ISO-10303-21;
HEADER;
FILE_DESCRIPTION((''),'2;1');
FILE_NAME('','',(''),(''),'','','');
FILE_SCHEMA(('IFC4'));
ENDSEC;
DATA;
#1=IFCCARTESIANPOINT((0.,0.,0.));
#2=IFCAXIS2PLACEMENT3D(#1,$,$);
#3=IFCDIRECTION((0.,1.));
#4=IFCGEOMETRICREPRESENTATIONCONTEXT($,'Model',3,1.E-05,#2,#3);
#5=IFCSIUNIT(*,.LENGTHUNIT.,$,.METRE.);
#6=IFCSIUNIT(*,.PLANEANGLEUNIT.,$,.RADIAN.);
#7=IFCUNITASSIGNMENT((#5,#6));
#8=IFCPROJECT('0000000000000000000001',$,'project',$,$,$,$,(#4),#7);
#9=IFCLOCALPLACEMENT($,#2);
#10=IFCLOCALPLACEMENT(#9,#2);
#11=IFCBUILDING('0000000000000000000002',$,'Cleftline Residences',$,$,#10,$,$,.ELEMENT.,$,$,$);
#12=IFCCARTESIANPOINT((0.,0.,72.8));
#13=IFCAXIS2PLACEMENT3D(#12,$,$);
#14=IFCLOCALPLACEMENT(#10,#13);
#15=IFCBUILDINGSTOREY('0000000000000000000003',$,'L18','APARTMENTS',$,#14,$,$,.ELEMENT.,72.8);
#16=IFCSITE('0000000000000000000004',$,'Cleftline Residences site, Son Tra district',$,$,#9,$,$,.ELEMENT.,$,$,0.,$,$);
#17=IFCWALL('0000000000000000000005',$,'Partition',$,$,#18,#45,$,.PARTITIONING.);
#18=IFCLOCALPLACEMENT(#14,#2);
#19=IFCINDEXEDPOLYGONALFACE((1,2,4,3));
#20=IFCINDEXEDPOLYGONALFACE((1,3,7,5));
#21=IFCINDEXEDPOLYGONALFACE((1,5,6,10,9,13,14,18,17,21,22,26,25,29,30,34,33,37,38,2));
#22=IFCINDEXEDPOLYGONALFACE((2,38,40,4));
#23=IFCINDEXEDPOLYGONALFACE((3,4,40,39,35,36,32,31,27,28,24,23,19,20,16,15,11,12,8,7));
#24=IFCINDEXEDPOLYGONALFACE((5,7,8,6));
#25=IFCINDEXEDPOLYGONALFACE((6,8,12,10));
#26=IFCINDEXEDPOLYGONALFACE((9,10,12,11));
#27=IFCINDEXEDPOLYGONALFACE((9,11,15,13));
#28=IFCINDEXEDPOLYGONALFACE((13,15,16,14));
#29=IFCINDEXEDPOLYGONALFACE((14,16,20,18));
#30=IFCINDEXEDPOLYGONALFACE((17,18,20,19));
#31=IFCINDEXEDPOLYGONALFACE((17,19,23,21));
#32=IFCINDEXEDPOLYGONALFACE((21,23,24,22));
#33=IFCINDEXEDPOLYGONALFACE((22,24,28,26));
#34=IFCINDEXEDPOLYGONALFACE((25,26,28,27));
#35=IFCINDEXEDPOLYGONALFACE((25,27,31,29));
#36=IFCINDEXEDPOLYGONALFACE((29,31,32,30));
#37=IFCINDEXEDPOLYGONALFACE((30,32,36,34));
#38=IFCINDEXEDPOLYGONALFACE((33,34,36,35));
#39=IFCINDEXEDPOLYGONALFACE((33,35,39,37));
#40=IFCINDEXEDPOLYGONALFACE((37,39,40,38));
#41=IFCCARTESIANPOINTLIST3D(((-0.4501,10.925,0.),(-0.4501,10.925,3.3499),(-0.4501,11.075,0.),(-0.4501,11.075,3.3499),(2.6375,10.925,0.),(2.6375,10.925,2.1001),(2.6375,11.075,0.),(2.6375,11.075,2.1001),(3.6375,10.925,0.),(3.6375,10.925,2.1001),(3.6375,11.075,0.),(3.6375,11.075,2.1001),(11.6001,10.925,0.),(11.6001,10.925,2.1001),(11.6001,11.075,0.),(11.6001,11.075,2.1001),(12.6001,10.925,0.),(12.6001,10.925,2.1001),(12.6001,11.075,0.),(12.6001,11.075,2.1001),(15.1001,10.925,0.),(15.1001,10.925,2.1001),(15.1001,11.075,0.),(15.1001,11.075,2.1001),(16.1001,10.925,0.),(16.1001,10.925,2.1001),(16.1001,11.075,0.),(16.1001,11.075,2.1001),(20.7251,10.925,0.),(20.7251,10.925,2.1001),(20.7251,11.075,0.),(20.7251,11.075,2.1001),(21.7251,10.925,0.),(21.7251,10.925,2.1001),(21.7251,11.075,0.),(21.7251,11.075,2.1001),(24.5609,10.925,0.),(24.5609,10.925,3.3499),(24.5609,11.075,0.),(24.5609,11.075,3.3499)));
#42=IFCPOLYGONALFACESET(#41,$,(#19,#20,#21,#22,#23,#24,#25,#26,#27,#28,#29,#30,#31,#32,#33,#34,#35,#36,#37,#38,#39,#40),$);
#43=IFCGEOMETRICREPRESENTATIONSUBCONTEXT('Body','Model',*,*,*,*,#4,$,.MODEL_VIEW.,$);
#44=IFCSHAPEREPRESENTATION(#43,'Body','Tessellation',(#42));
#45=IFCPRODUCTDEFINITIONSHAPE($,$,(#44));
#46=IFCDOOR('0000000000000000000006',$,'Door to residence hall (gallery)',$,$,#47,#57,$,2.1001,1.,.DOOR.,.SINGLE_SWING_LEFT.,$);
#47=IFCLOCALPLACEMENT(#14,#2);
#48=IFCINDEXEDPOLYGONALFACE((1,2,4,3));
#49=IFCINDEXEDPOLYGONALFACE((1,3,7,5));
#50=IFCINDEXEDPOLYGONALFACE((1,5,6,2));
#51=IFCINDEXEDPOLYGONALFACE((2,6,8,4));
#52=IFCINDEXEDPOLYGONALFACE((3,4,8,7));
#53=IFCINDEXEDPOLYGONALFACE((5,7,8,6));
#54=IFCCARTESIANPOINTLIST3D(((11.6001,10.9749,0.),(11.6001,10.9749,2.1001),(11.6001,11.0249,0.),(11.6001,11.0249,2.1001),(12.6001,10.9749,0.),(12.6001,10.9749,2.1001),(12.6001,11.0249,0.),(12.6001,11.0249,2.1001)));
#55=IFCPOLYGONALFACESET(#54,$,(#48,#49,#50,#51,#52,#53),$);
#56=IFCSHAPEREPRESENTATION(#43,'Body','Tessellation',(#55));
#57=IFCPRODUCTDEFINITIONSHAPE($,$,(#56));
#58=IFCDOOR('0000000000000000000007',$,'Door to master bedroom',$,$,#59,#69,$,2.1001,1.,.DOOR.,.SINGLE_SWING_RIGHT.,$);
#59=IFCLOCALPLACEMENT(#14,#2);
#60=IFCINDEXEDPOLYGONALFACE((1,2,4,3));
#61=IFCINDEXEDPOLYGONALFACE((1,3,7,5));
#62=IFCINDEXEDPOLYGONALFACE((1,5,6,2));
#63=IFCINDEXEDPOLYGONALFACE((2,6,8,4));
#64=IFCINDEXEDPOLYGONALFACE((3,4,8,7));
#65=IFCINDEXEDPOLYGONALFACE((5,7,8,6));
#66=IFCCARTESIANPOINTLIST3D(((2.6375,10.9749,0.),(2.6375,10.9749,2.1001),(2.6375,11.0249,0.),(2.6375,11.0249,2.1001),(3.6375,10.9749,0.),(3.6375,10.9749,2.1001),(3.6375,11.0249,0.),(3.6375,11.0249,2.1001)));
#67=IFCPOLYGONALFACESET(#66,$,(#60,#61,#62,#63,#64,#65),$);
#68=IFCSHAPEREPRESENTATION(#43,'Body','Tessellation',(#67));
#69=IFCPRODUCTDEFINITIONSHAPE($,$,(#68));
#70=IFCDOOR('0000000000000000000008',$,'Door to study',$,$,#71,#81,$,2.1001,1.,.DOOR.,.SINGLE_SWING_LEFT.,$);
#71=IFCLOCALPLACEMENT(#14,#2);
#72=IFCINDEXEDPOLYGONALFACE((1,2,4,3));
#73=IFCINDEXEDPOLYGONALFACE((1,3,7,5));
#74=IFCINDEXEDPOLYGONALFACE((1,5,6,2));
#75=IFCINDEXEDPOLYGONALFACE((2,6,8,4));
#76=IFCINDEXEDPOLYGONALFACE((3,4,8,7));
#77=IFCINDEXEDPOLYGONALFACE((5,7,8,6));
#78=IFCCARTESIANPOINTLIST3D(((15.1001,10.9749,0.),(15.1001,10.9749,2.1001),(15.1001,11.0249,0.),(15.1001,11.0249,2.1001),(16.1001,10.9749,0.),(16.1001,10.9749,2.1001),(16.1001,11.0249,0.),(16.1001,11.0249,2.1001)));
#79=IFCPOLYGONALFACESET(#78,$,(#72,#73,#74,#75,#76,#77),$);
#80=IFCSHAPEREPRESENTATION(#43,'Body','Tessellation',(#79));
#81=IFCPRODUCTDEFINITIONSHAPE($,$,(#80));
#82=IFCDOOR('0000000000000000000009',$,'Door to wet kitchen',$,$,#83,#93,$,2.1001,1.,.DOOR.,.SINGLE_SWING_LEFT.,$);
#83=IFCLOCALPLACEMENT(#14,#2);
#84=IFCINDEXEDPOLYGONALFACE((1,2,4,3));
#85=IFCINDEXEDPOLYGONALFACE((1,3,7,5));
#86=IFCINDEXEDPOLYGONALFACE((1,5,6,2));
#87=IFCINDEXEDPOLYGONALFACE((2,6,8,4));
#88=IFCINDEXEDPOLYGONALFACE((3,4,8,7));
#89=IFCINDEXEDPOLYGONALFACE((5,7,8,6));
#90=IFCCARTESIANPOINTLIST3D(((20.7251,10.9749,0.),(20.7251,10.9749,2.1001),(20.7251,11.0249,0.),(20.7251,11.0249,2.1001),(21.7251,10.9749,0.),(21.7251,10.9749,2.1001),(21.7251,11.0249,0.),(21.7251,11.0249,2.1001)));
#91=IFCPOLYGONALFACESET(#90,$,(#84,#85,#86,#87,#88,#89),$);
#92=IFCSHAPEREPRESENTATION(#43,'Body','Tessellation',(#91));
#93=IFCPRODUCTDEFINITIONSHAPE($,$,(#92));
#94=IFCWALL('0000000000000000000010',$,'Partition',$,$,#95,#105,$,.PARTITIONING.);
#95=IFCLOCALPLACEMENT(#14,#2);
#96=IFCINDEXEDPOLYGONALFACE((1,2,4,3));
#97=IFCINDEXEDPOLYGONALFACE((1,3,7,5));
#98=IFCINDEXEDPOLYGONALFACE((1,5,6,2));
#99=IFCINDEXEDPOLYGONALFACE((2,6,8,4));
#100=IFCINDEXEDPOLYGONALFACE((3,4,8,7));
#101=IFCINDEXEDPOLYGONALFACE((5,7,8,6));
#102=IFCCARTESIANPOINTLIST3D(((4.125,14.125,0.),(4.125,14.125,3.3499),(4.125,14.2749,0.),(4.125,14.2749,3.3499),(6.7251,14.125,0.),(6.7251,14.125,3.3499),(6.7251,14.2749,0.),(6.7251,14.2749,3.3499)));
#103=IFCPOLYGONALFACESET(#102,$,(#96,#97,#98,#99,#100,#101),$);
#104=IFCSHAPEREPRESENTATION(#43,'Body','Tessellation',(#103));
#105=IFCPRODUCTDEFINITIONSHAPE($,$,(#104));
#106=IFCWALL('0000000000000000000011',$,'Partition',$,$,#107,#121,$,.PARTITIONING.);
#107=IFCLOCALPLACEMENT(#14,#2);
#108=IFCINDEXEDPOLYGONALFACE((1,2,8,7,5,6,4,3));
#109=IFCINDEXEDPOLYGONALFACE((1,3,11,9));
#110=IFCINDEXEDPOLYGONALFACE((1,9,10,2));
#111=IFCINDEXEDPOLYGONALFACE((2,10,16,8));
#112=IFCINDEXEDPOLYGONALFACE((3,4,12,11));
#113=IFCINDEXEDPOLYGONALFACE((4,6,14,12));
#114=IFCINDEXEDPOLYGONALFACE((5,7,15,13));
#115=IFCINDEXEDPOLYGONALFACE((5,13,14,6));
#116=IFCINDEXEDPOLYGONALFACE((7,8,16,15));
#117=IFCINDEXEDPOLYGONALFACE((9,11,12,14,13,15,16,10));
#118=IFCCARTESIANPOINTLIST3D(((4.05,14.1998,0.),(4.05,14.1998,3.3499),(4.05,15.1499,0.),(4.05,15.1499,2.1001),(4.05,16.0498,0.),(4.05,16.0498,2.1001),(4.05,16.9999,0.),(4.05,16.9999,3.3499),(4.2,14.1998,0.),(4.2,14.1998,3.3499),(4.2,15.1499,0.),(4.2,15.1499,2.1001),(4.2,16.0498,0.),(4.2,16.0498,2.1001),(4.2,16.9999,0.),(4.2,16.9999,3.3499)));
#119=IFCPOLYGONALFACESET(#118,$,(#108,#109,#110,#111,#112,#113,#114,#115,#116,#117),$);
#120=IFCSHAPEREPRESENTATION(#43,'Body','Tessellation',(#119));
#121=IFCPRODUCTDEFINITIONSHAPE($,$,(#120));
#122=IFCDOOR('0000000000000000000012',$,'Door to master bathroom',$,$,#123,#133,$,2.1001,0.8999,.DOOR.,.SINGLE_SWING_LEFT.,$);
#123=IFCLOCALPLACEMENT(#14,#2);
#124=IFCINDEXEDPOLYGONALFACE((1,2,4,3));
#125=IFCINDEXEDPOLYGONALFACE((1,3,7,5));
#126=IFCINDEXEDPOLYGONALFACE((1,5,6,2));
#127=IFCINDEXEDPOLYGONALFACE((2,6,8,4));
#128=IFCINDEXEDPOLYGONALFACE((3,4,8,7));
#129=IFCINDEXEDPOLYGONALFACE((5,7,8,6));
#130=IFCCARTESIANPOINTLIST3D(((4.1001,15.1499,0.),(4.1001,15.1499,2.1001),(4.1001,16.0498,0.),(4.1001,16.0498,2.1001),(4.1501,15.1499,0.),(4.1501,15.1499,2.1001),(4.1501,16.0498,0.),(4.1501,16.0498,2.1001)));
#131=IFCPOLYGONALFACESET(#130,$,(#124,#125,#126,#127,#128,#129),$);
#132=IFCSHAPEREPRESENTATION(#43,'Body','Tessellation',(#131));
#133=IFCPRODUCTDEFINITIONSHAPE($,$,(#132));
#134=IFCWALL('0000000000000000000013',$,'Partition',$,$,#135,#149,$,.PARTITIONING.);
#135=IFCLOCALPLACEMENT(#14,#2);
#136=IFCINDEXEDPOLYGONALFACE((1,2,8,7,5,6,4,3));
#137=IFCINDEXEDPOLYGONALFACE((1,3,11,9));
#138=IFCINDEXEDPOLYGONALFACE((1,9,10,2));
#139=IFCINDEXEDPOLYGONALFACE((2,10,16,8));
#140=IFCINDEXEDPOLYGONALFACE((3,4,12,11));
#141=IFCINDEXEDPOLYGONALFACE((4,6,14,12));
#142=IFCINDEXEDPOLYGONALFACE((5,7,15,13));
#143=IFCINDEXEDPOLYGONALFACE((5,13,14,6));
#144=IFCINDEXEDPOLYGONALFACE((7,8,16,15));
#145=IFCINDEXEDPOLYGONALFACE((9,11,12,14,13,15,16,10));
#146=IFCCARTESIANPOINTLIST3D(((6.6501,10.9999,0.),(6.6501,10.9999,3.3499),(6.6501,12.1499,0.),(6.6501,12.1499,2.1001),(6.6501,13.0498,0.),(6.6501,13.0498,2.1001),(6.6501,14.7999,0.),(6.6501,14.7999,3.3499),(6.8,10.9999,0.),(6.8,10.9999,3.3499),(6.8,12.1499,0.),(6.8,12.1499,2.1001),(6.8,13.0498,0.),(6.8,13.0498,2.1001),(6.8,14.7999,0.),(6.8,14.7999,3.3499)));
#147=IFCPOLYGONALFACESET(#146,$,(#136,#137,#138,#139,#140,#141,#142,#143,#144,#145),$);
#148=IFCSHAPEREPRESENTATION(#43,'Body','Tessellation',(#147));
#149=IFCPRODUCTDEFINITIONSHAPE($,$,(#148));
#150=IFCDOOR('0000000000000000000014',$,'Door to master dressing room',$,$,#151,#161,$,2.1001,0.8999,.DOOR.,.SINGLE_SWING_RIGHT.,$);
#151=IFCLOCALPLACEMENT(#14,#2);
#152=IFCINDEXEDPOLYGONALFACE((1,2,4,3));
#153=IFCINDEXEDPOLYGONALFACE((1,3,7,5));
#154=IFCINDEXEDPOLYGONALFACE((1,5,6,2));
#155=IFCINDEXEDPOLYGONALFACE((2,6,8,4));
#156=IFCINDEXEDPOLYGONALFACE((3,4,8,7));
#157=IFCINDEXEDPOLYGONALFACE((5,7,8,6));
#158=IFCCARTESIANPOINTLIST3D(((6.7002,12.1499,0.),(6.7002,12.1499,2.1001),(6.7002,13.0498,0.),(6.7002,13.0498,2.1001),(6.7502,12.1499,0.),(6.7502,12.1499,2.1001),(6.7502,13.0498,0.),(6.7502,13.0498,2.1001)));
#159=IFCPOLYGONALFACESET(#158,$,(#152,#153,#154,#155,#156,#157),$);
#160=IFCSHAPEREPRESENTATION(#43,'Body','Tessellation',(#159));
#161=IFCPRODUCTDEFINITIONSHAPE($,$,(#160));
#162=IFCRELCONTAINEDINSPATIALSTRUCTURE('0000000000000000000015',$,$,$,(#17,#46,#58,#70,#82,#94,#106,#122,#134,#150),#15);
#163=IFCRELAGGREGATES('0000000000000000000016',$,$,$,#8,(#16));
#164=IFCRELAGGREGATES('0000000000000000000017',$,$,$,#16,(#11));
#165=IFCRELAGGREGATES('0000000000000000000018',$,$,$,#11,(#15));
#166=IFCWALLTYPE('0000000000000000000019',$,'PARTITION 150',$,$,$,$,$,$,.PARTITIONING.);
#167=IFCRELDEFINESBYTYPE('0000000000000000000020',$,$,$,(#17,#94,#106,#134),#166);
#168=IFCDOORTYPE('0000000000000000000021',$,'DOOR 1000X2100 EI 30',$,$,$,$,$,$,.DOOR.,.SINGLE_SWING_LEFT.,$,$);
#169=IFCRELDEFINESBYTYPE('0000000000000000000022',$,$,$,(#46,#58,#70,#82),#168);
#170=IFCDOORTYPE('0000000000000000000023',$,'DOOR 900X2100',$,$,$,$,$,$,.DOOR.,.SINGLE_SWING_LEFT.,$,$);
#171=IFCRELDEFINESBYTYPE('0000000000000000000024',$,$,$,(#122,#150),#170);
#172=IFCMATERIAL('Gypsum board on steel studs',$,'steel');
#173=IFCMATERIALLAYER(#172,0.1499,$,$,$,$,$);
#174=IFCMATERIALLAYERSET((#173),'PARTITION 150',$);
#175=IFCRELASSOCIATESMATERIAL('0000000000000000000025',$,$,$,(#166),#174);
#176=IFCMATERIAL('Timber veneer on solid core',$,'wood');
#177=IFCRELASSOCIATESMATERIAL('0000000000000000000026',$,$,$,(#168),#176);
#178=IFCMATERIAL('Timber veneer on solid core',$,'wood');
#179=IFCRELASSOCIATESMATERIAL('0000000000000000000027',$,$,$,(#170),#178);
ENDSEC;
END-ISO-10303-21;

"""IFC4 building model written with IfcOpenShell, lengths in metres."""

from ifc_helpers import new_model, si_unit, direction, frame, frame_2d, origin, place, context, subcontext, project, spatial, rectangle, extrude, material, layer, layer_set, type_object, element, fill, save


model = new_model("IFC4")

# Units and contexts
model_context = context("Model", 3, precision=1e-05, world=origin(), true_north=direction((0.0, 1.0)))
body_context = subcontext(model_context, "Body", "Model", "MODEL_VIEW")
ifc_project = project(units=[si_unit("LENGTHUNIT", "METRE"), si_unit("PLANEANGLEUNIT", "RADIAN")], contexts=[model_context])

# Site, building, storey
site_placement = place(None, origin())
site = spatial("IfcSite", under=ifc_project, at=site_placement, Name="Cleftline Residences site, Son Tra district", CompositionType="ELEMENT", RefElevation=0.0)
building_placement = place(site_placement, origin())
building = spatial("IfcBuilding", under=site, at=building_placement, Name="Cleftline Residences", CompositionType="ELEMENT")
storey_placement = place(building_placement, frame((0.0, 0.0, 72.8)))
storey = spatial("IfcBuildingStorey", under=building, at=storey_placement, Name="L18", Description="APARTMENTS", CompositionType="ELEMENT", Elevation=72.8)

# Shared definitions
ifc_material_1 = material(Name="Gypsum board on steel studs", Category="steel")
ifc_layer = layer(ifc_material_1, 0.1499)
ifc_layer_set = layer_set([ifc_layer], Name="PARTITION 150")
wall_type = type_object("IfcWallType", Name="PARTITION 150", PredefinedType="PARTITIONING", material=ifc_layer_set)

# Wall, openings, doors
wall_1_placement = place(storey_placement, frame((-0.45, 11.0, 0.0), z_axis=(0.0, 0.0, 1.0), x_axis=(1.0, 0.0, 0.0)))
wall_1 = element("IfcWall", 1, at=wall_1_placement, inside=storey, type_object=wall_type, Name="Partition", PredefinedType="PARTITIONING", context=body_context, shape_type="SweptSolid", body=[
    extrude(rectangle(XDim=25.011, YDim=0.1499, at=frame_2d((12.5054, 0.0))), origin(), (0.0, 0.0, 1.0), 3.3499),
])
opening_1_placement = place(wall_1_placement, frame((12.05, 0.0, 0.0)))
opening_1 = element("IfcOpeningElement", 2, at=opening_1_placement, cuts=wall_1, PredefinedType="OPENING", context=body_context, shape_type="SweptSolid", body=[
    extrude(rectangle(XDim=1.0, YDim=2.1001, at=frame_2d((0.5, 1.05))), frame((0.0, 0.085, 0.0), z_axis=(0.0, -1.0, 0.0), x_axis=(1.0, 0.0, 0.0)), (0.0, 0.0, 1.0), 0.1699),
])
opening_2_placement = place(wall_1_placement, frame((3.0874, 0.0, 0.0)))
opening_2 = element("IfcOpeningElement", 3, at=opening_2_placement, cuts=wall_1, PredefinedType="OPENING", context=body_context, shape_type="SweptSolid", body=[
    extrude(rectangle(XDim=1.0, YDim=2.1001, at=frame_2d((0.5, 1.05))), frame((0.0, 0.085, 0.0), z_axis=(0.0, -1.0, 0.0), x_axis=(1.0, 0.0, 0.0)), (0.0, 0.0, 1.0), 0.1699),
])
opening_3_placement = place(wall_1_placement, frame((15.55, 0.0, 0.0)))
opening_3 = element("IfcOpeningElement", 4, at=opening_3_placement, cuts=wall_1, PredefinedType="OPENING", context=body_context, shape_type="SweptSolid", body=[
    extrude(rectangle(XDim=1.0, YDim=2.1001, at=frame_2d((0.5, 1.05))), frame((0.0, 0.085, 0.0), z_axis=(0.0, -1.0, 0.0), x_axis=(1.0, 0.0, 0.0)), (0.0, 0.0, 1.0), 0.1699),
])
opening_4_placement = place(wall_1_placement, frame((21.175, 0.0, 0.0)))
opening_4 = element("IfcOpeningElement", 5, at=opening_4_placement, cuts=wall_1, PredefinedType="OPENING", context=body_context, shape_type="SweptSolid", body=[
    extrude(rectangle(XDim=1.0, YDim=2.1001, at=frame_2d((0.5, 1.05))), frame((0.0, 0.085, 0.0), z_axis=(0.0, -1.0, 0.0), x_axis=(1.0, 0.0, 0.0)), (0.0, 0.0, 1.0), 0.1699),
])
ifc_material_2 = material(Name="Timber veneer on solid core", Category="wood")
door_type_1 = type_object("IfcDoorType", Name="DOOR 1000X2100 EI 30", OperationType="SINGLE_SWING_LEFT", PredefinedType="DOOR", material=ifc_material_2)
door_1_placement = place(opening_1_placement, origin())
door_1 = element("IfcDoor", 6, at=door_1_placement, inside=storey, type_object=door_type_1, Name="Door to residence hall (gallery)", OperationType="SINGLE_SWING_LEFT", OverallHeight=2.1001, OverallWidth=1.0, PredefinedType="DOOR", context=body_context, shape_type="SweptSolid", body=[
    extrude(rectangle(XDim=1.0, YDim=2.1001, at=frame_2d((0.5, 1.05))), frame((0.0, 0.0249, 0.0), z_axis=(0.0, -1.0, 0.0), x_axis=(1.0, 0.0, 0.0)), (0.0, 0.0, 1.0), 0.05),
])
fill(opening_1, door_1)
door_2_placement = place(opening_2_placement, origin())
door_2 = element("IfcDoor", 7, at=door_2_placement, inside=storey, type_object=door_type_1, Name="Door to master bedroom", OperationType="SINGLE_SWING_RIGHT", OverallHeight=2.1001, OverallWidth=1.0, PredefinedType="DOOR", context=body_context, shape_type="SweptSolid", body=[
    extrude(rectangle(XDim=1.0, YDim=2.1001, at=frame_2d((0.5, 1.05))), frame((0.0, 0.0249, 0.0), z_axis=(0.0, -1.0, 0.0), x_axis=(1.0, 0.0, 0.0)), (0.0, 0.0, 1.0), 0.05),
])
fill(opening_2, door_2)
door_3_placement = place(opening_3_placement, origin())
door_3 = element("IfcDoor", 8, at=door_3_placement, inside=storey, type_object=door_type_1, Name="Door to study", OperationType="SINGLE_SWING_LEFT", OverallHeight=2.1001, OverallWidth=1.0, PredefinedType="DOOR", context=body_context, shape_type="SweptSolid", body=[
    extrude(rectangle(XDim=1.0, YDim=2.1001, at=frame_2d((0.5, 1.05))), frame((0.0, 0.0249, 0.0), z_axis=(0.0, -1.0, 0.0), x_axis=(1.0, 0.0, 0.0)), (0.0, 0.0, 1.0), 0.05),
])
fill(opening_3, door_3)
door_4_placement = place(opening_4_placement, origin())
door_4 = element("IfcDoor", 9, at=door_4_placement, inside=storey, type_object=door_type_1, Name="Door to wet kitchen", OperationType="SINGLE_SWING_LEFT", OverallHeight=2.1001, OverallWidth=1.0, PredefinedType="DOOR", context=body_context, shape_type="SweptSolid", body=[
    extrude(rectangle(XDim=1.0, YDim=2.1001, at=frame_2d((0.5, 1.05))), frame((0.0, 0.0249, 0.0), z_axis=(0.0, -1.0, 0.0), x_axis=(1.0, 0.0, 0.0)), (0.0, 0.0, 1.0), 0.05),
])
fill(opening_4, door_4)

# Wall
wall_2_placement = place(storey_placement, frame((4.125, 14.2, 0.0), z_axis=(0.0, 0.0, 1.0), x_axis=(1.0, 0.0, 0.0)))
element("IfcWall", 10, at=wall_2_placement, inside=storey, type_object=wall_type, Name="Partition", PredefinedType="PARTITIONING", context=body_context, shape_type="SweptSolid", body=[
    extrude(rectangle(XDim=2.6001, YDim=0.1499, at=frame_2d((1.3, 0.0))), origin(), (0.0, 0.0, 1.0), 3.3499),
])

# Walls, openings, doors
wall_3_placement = place(storey_placement, frame((4.125, 14.2, 0.0), z_axis=(0.0, 0.0, 1.0), x_axis=(0.0, 1.0, 0.0)))
wall_3 = element("IfcWall", 11, at=wall_3_placement, inside=storey, type_object=wall_type, Name="Partition", PredefinedType="PARTITIONING", context=body_context, shape_type="SweptSolid", body=[
    extrude(rectangle(XDim=2.8, YDim=0.1499, at=frame_2d((1.3999, 0.0))), origin(), (0.0, 0.0, 1.0), 3.3499),
])
opening_5_placement = place(wall_3_placement, frame((0.95, 0.0, 0.0)))
opening_5 = element("IfcOpeningElement", 12, at=opening_5_placement, cuts=wall_3, PredefinedType="OPENING", context=body_context, shape_type="SweptSolid", body=[
    extrude(rectangle(XDim=0.8999, YDim=2.1001, at=frame_2d((0.45, 1.05))), frame((0.0, 0.085, 0.0), z_axis=(0.0, -1.0, 0.0), x_axis=(1.0, 0.0, 0.0)), (0.0, 0.0, 1.0), 0.1699),
])
ifc_material_3 = material(Name="Timber veneer on solid core", Category="wood")
door_type_2 = type_object("IfcDoorType", Name="DOOR 900X2100", OperationType="SINGLE_SWING_LEFT", PredefinedType="DOOR", material=ifc_material_3)
door_5_placement = place(opening_5_placement, origin())
door_5 = element("IfcDoor", 13, at=door_5_placement, inside=storey, type_object=door_type_2, Name="Door to master bathroom", OperationType="SINGLE_SWING_LEFT", OverallHeight=2.1001, OverallWidth=0.8999, PredefinedType="DOOR", context=body_context, shape_type="SweptSolid", body=[
    extrude(rectangle(XDim=0.8999, YDim=2.1001, at=frame_2d((0.45, 1.05))), frame((0.0, 0.0249, 0.0), z_axis=(0.0, -1.0, 0.0), x_axis=(1.0, 0.0, 0.0)), (0.0, 0.0, 1.0), 0.05),
])
fill(opening_5, door_5)
wall_4_placement = place(storey_placement, frame((6.7251, 11.0, 0.0), z_axis=(0.0, 0.0, 1.0), x_axis=(0.0, 1.0, 0.0)))
wall_4 = element("IfcWall", 14, at=wall_4_placement, inside=storey, type_object=wall_type, Name="Partition", PredefinedType="PARTITIONING", context=body_context, shape_type="SweptSolid", body=[
    extrude(rectangle(XDim=3.8, YDim=0.1499, at=frame_2d((1.8999, 0.0))), origin(), (0.0, 0.0, 1.0), 3.3499),
])
opening_6_placement = place(wall_4_placement, frame((1.1499, 0.0, 0.0)))
opening_6 = element("IfcOpeningElement", 15, at=opening_6_placement, cuts=wall_4, PredefinedType="OPENING", context=body_context, shape_type="SweptSolid", body=[
    extrude(rectangle(XDim=0.8999, YDim=2.1001, at=frame_2d((0.45, 1.05))), frame((0.0, 0.085, 0.0), z_axis=(0.0, -1.0, 0.0), x_axis=(1.0, 0.0, 0.0)), (0.0, 0.0, 1.0), 0.1699),
])
door_6_placement = place(opening_6_placement, origin())
door_6 = element("IfcDoor", 16, at=door_6_placement, inside=storey, type_object=door_type_2, Name="Door to master dressing room", OperationType="SINGLE_SWING_RIGHT", OverallHeight=2.1001, OverallWidth=0.8999, PredefinedType="DOOR", context=body_context, shape_type="SweptSolid", body=[
    extrude(rectangle(XDim=0.8999, YDim=2.1001, at=frame_2d((0.45, 1.05))), frame((0.0, 0.0249, 0.0), z_axis=(0.0, -1.0, 0.0), x_axis=(1.0, 0.0, 0.0)), (0.0, 0.0, 1.0), 0.05),
])
fill(opening_6, door_6)

save(model, "model.ifc")
